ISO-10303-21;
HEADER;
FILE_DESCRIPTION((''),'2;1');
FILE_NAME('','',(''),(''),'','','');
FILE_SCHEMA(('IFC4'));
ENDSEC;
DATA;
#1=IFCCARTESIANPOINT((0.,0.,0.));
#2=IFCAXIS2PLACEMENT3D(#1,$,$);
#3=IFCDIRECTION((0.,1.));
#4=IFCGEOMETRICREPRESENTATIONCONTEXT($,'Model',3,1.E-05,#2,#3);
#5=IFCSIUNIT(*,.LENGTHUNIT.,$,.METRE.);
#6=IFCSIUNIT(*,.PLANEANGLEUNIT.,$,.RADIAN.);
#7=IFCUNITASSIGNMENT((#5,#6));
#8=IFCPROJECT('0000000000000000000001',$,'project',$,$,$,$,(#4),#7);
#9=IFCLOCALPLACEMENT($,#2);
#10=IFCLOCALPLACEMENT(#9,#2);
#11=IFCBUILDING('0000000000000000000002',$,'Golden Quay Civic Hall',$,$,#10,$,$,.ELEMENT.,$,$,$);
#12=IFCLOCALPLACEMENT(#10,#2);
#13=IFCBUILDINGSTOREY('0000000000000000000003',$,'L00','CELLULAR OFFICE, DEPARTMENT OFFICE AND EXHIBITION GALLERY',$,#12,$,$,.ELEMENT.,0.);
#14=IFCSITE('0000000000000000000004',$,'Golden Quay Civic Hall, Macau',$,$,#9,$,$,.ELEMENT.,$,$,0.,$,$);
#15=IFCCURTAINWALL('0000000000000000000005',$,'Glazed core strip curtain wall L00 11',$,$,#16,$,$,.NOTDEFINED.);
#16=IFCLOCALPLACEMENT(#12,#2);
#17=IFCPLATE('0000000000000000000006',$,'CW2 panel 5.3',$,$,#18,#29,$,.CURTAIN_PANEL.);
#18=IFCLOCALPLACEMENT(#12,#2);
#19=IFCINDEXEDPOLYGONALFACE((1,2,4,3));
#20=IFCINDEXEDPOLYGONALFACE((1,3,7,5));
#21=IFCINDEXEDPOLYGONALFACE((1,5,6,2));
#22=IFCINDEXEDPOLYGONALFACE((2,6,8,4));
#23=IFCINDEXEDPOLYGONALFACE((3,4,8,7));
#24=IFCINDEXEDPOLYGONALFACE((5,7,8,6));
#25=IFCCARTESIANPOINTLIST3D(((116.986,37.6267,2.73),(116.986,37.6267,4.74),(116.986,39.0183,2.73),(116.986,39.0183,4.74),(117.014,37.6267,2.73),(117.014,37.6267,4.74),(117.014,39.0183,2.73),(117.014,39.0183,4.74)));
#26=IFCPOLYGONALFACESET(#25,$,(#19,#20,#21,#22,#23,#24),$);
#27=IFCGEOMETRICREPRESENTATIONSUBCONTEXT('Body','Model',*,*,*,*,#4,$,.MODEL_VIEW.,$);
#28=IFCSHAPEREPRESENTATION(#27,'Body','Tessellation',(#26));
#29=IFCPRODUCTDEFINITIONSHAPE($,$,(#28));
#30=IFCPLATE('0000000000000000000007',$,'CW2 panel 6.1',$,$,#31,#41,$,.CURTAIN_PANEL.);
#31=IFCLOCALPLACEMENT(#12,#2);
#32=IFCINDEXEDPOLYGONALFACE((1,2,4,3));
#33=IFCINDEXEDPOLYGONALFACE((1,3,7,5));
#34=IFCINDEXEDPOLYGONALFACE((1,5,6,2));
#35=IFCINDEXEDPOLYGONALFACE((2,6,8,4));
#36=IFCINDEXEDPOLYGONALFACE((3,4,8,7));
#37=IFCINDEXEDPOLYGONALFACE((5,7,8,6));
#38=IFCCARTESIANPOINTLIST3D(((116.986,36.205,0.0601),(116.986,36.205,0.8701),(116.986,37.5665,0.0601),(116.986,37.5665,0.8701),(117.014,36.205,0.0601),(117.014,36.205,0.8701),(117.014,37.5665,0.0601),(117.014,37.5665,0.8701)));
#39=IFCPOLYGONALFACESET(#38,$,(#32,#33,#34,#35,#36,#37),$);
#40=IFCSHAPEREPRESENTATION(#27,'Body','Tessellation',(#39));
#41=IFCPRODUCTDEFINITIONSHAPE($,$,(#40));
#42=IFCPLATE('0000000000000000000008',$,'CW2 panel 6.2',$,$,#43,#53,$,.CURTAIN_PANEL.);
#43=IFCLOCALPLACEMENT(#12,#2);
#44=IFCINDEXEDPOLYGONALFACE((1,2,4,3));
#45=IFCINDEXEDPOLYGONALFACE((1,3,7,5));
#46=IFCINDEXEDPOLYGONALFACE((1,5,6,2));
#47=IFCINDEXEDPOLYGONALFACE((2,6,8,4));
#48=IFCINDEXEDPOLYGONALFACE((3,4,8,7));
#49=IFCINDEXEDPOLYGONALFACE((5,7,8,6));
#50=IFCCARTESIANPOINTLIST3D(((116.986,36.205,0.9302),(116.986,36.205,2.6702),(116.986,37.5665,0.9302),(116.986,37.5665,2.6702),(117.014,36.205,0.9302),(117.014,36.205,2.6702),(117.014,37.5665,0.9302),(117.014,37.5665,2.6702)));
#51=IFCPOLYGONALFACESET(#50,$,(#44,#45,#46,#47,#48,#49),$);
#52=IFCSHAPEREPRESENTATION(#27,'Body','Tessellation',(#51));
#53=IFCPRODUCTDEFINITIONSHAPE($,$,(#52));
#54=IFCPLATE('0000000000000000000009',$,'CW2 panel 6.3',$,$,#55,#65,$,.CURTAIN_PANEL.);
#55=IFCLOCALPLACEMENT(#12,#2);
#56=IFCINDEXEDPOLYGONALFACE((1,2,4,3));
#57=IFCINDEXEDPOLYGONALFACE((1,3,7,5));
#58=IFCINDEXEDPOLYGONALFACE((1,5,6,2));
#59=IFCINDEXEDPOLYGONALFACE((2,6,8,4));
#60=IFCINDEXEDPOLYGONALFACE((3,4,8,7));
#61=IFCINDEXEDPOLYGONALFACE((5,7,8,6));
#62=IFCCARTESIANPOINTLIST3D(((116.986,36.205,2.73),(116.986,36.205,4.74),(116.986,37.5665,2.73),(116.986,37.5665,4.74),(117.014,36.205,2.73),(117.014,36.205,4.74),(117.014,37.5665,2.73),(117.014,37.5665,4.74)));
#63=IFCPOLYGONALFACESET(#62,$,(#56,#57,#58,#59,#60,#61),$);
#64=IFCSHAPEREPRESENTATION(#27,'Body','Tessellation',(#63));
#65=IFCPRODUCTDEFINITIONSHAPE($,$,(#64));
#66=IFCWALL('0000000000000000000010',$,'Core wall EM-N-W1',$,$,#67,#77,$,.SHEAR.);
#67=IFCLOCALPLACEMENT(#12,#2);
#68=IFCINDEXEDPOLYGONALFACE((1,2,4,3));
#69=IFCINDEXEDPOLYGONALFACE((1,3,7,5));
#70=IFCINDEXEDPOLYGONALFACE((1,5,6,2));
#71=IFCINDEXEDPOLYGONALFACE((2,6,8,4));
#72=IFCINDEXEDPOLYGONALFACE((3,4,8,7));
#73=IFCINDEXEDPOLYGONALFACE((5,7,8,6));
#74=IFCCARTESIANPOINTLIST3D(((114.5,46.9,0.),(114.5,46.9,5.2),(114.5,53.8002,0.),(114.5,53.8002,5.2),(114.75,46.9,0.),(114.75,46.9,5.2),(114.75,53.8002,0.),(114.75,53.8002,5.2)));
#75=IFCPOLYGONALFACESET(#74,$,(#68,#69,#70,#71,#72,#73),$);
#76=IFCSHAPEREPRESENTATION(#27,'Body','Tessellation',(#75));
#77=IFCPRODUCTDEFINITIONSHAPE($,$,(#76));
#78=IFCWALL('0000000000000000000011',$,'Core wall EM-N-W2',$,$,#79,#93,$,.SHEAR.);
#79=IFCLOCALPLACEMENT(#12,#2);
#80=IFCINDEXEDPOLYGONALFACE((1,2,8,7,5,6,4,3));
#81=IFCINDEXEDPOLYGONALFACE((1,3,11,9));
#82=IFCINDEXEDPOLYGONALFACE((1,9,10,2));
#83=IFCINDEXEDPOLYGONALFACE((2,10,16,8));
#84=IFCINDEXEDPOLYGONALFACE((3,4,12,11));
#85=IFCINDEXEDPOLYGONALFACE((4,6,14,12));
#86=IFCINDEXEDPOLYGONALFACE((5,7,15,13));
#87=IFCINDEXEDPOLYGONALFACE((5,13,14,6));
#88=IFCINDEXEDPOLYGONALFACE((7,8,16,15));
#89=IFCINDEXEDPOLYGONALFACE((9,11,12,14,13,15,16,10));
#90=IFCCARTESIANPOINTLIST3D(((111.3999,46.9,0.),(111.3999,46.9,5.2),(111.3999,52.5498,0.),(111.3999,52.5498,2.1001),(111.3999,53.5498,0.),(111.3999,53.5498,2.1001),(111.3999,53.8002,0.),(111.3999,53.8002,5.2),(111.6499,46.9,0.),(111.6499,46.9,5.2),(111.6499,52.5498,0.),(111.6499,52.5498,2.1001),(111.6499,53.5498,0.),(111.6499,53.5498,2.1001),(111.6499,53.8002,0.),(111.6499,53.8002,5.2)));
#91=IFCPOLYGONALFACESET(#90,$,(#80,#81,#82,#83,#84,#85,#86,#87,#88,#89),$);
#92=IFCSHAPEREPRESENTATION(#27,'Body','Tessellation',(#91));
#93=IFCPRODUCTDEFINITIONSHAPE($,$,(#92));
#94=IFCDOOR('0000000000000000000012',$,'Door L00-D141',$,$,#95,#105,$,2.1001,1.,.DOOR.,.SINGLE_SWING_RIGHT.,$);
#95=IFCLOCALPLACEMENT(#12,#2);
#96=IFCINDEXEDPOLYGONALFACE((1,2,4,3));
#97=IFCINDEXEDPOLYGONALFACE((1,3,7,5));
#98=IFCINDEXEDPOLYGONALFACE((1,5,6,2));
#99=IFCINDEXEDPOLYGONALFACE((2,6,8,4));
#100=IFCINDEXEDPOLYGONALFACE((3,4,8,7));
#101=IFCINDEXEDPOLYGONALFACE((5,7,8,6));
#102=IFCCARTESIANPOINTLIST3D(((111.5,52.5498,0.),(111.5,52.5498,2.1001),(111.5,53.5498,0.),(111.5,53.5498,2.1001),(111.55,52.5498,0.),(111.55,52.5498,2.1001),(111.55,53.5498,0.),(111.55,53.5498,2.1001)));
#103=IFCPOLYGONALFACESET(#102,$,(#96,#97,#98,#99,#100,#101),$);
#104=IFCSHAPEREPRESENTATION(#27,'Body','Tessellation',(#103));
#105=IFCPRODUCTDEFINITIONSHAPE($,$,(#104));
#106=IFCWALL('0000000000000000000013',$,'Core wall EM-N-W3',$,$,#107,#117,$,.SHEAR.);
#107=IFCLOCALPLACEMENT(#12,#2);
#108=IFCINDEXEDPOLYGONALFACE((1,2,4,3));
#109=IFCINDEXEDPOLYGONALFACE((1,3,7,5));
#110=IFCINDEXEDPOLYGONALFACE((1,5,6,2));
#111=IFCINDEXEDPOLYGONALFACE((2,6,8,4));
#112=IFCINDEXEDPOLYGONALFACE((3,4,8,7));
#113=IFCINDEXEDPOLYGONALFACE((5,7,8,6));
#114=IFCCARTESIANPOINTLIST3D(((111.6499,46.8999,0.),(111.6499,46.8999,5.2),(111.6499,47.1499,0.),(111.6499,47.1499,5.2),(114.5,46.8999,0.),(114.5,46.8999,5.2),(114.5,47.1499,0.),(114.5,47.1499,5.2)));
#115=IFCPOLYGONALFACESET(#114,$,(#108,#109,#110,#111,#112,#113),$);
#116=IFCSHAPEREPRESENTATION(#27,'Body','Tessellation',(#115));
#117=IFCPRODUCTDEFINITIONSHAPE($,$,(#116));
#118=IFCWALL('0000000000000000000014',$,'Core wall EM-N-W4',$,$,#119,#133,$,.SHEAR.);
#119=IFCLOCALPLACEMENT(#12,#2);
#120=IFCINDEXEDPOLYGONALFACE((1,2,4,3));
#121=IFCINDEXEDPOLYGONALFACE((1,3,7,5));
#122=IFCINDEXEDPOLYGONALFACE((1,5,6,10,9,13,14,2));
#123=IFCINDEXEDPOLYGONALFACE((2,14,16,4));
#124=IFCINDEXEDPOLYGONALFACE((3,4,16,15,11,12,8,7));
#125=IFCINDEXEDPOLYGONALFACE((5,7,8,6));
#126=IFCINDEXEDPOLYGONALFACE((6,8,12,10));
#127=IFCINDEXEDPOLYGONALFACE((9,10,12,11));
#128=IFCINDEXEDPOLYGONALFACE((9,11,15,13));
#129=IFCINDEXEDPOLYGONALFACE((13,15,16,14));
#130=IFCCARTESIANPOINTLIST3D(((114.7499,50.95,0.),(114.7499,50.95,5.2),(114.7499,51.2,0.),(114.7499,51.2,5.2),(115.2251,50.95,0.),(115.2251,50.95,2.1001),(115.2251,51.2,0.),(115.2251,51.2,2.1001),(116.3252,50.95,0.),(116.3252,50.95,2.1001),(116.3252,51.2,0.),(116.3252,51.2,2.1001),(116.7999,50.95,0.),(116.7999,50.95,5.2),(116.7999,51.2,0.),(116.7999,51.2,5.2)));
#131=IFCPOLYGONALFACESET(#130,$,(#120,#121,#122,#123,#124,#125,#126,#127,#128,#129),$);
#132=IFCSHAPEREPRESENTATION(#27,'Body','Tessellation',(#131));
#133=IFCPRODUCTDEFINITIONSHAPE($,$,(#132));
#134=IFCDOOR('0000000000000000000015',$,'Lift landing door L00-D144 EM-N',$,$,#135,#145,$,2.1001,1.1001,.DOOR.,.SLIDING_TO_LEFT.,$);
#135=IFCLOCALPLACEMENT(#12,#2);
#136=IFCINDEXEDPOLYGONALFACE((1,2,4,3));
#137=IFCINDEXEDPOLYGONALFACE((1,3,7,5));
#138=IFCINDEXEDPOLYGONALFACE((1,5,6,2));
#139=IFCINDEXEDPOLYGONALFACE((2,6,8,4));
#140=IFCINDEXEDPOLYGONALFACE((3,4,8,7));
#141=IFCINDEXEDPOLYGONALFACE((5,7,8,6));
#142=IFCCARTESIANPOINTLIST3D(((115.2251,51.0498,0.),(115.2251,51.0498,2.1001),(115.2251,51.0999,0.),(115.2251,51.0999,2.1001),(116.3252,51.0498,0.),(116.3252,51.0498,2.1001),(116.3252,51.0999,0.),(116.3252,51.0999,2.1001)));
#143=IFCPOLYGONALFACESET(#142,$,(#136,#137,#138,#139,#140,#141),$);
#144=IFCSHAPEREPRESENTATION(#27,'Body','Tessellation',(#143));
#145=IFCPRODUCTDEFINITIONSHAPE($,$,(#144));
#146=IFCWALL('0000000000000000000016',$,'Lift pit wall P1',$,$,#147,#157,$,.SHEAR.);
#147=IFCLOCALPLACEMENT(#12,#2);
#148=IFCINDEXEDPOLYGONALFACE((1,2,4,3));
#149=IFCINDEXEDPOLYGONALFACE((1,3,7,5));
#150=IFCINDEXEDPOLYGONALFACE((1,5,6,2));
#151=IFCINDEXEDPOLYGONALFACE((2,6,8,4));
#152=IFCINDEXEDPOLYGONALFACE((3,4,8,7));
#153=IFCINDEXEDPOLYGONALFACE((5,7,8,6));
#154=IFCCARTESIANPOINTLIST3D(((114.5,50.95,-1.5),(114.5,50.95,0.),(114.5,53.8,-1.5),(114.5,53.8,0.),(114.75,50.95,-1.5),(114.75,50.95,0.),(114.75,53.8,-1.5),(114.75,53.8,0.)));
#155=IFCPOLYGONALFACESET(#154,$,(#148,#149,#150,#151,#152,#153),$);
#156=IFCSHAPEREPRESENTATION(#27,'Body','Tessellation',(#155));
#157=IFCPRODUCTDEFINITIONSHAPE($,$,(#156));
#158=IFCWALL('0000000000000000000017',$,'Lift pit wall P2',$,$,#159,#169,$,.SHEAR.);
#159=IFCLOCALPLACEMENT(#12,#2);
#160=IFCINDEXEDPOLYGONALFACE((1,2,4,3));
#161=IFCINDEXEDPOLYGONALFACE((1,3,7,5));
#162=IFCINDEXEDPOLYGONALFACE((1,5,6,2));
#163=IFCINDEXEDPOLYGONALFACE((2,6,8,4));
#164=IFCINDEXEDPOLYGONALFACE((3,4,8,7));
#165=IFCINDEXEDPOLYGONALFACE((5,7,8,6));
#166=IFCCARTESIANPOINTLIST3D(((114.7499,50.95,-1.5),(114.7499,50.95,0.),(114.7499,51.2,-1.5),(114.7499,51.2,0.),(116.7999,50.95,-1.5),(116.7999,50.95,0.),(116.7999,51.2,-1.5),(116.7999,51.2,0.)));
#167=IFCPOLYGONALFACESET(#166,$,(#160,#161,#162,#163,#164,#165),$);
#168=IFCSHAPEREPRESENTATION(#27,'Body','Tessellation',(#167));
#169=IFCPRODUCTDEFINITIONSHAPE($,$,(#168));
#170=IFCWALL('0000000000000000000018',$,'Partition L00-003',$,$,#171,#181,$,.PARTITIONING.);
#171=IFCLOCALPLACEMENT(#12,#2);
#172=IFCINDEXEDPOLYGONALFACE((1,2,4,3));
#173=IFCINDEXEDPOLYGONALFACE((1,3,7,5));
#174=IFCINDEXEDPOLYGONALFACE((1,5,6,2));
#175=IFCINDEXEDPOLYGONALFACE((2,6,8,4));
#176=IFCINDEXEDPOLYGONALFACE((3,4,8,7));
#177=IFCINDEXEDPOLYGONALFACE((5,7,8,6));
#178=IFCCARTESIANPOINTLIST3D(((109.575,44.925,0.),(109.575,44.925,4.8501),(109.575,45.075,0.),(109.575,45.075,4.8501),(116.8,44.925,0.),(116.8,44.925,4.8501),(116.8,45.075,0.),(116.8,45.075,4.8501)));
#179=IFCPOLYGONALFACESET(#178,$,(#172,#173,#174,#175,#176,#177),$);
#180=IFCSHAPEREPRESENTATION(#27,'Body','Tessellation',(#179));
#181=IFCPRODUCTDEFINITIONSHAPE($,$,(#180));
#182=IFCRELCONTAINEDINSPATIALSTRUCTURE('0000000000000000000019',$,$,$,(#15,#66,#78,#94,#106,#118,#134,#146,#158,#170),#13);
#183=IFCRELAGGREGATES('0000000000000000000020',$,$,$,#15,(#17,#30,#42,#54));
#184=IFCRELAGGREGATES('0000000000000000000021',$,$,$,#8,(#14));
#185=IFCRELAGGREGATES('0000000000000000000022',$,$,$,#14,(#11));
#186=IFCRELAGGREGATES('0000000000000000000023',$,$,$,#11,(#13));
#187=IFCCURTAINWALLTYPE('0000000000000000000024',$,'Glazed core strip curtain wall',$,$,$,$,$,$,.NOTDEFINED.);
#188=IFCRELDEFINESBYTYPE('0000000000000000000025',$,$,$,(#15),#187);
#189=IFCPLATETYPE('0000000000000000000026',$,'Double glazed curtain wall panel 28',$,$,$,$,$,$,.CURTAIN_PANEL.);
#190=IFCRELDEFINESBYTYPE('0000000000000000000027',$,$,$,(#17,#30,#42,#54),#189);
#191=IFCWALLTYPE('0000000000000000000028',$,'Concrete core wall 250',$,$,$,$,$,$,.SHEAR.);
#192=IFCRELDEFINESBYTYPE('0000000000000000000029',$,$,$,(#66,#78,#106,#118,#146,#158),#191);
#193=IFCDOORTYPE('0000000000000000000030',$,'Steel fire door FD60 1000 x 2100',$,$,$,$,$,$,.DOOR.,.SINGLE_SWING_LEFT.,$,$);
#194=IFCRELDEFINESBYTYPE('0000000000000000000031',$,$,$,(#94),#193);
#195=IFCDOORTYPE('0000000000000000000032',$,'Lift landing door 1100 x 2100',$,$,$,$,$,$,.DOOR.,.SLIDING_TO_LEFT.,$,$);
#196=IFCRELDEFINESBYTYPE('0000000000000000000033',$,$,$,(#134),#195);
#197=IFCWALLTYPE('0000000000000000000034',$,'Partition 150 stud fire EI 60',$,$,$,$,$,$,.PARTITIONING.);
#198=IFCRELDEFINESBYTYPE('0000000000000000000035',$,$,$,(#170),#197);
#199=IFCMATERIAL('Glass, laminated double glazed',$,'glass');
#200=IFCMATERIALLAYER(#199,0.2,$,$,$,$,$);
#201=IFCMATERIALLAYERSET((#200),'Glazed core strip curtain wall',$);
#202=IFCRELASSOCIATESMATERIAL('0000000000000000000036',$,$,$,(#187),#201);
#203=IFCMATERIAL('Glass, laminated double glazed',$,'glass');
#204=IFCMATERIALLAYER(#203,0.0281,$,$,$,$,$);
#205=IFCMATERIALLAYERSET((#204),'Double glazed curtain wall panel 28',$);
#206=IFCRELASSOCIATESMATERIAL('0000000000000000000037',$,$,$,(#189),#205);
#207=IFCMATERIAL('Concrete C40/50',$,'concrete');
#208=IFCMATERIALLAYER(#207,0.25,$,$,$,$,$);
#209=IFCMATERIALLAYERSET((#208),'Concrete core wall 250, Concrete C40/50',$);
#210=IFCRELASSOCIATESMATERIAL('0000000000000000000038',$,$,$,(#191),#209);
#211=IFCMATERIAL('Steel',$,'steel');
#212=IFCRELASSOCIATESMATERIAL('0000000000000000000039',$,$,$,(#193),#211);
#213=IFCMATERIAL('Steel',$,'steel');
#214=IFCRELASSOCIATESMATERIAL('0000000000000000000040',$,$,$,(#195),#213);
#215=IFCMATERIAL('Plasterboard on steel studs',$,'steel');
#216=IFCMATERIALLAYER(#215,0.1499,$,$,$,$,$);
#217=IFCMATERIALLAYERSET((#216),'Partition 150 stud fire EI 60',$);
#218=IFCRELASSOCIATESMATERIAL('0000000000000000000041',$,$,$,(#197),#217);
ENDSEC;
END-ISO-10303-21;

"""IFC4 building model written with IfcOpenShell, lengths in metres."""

from ifc_helpers import new_model, si_unit, direction, frame, frame_2d, origin, origin_2d, place, context, subcontext, project, spatial, rectangle, extrude, material, layer, layer_set, type_object, element, fill, aggregate, save


model = new_model("IFC4")

# Units and contexts
model_context = context("Model", 3, precision=1e-05, world=origin(), true_north=direction((0.0, 1.0)))
body_context = subcontext(model_context, "Body", "Model", "MODEL_VIEW")
ifc_project = project(units=[si_unit("LENGTHUNIT", "METRE"), si_unit("PLANEANGLEUNIT", "RADIAN")], contexts=[model_context])

# Site, building, storey
site_placement = place(None, origin())
site = spatial("IfcSite", under=ifc_project, at=site_placement, Name="Golden Quay Civic Hall, Macau", CompositionType="ELEMENT", RefElevation=0.0)
building_placement = place(site_placement, origin())
building = spatial("IfcBuilding", under=site, at=building_placement, Name="Golden Quay Civic Hall", CompositionType="ELEMENT")
storey_placement = place(building_placement, origin())
storey = spatial("IfcBuildingStorey", under=building, at=storey_placement, Name="L00", Description="CELLULAR OFFICE, DEPARTMENT OFFICE AND EXHIBITION GALLERY", CompositionType="ELEMENT", Elevation=0.0)

# Curtain wall, plates
ifc_material_1 = material(Name="Glass, laminated double glazed", Category="glass")
ifc_layer_1 = layer(ifc_material_1, 0.2)
ifc_layer_set_1 = layer_set([ifc_layer_1], Name="Glazed core strip curtain wall")
curtain_wall_type = type_object("IfcCurtainWallType", Name="Glazed core strip curtain wall", PredefinedType="NOTDEFINED", material=ifc_layer_set_1)
curtain_wall_placement = place(storey_placement, origin())
curtain_wall = element("IfcCurtainWall", 1, at=curtain_wall_placement, inside=storey, type_object=curtain_wall_type, Name="Glazed core strip curtain wall L00 11", PredefinedType="NOTDEFINED")
ifc_material_2 = material(Name="Glass, laminated double glazed", Category="glass")
ifc_layer_2 = layer(ifc_material_2, 0.0281)
ifc_layer_set_2 = layer_set([ifc_layer_2], Name="Double glazed curtain wall panel 28")
plate_type = type_object("IfcPlateType", Name="Double glazed curtain wall panel 28", PredefinedType="CURTAIN_PANEL", material=ifc_layer_set_2)
plate_1_placement = place(storey_placement, frame((117.0, 38.3225, 2.73), z_axis=(0.0, 0.0, 1.0), x_axis=(0.0, -1.0, 0.0)))
plate_1 = element("IfcPlate", 2, at=plate_1_placement, type_object=plate_type, Name="CW2 panel 5.3", PredefinedType="CURTAIN_PANEL", context=body_context, shape_type="SweptSolid", body=[
    extrude(rectangle(XDim=1.3916, YDim=0.0281, at=origin_2d()), origin(), (0.0, 0.0, 1.0), 2.01),
])
plate_2_placement = place(storey_placement, frame((117.0, 36.8857, 0.0601), z_axis=(0.0, 0.0, 1.0), x_axis=(0.0, -1.0, 0.0)))
plate_2 = element("IfcPlate", 3, at=plate_2_placement, type_object=plate_type, Name="CW2 panel 6.1", PredefinedType="CURTAIN_PANEL", context=body_context, shape_type="SweptSolid", body=[
    extrude(rectangle(XDim=1.3616, YDim=0.0281, at=origin_2d()), origin(), (0.0, 0.0, 1.0), 0.8101),
])
plate_3_placement = place(storey_placement, frame((117.0, 36.8857, 0.9302), z_axis=(0.0, 0.0, 1.0), x_axis=(0.0, -1.0, 0.0)))
plate_3 = element("IfcPlate", 4, at=plate_3_placement, type_object=plate_type, Name="CW2 panel 6.2", PredefinedType="CURTAIN_PANEL", context=body_context, shape_type="SweptSolid", body=[
    extrude(rectangle(XDim=1.3616, YDim=0.0281, at=origin_2d()), origin(), (0.0, 0.0, 1.0), 1.74),
])
plate_4_placement = place(storey_placement, frame((117.0, 36.8857, 2.73), z_axis=(0.0, 0.0, 1.0), x_axis=(0.0, -1.0, 0.0)))
plate_4 = element("IfcPlate", 5, at=plate_4_placement, type_object=plate_type, Name="CW2 panel 6.3", PredefinedType="CURTAIN_PANEL", context=body_context, shape_type="SweptSolid", body=[
    extrude(rectangle(XDim=1.3616, YDim=0.0281, at=origin_2d()), origin(), (0.0, 0.0, 1.0), 2.01),
])
aggregate(curtain_wall, [plate_1, plate_2, plate_3, plate_4])

# Wall
ifc_material_3 = material(Name="Concrete C40/50", Category="concrete")
ifc_layer_3 = layer(ifc_material_3, 0.25)
ifc_layer_set_3 = layer_set([ifc_layer_3], Name="Concrete core wall 250, Concrete C40/50")
wall_type_1 = type_object("IfcWallType", Name="Concrete core wall 250", PredefinedType="SHEAR", material=ifc_layer_set_3)
wall_1_placement = place(storey_placement, frame((114.625, 46.8999, 0.0), z_axis=(0.0, 0.0, 1.0), x_axis=(0.0, 1.0, 0.0)))
element("IfcWall", 6, at=wall_1_placement, inside=storey, type_object=wall_type_1, Name="Core wall EM-N-W1", PredefinedType="SHEAR", context=body_context, shape_type="SweptSolid", body=[
    extrude(rectangle(XDim=6.9001, YDim=0.25, at=frame_2d((3.4502, 0.0))), origin(), (0.0, 0.0, 1.0), 5.2),
])

# Wall, opening, door
wall_2_placement = place(storey_placement, frame((111.5249, 46.8999, 0.0), z_axis=(0.0, 0.0, 1.0), x_axis=(0.0, 1.0, 0.0)))
wall_2 = element("IfcWall", 7, at=wall_2_placement, inside=storey, type_object=wall_type_1, Name="Core wall EM-N-W2", PredefinedType="SHEAR", context=body_context, shape_type="SweptSolid", body=[
    extrude(rectangle(XDim=6.9001, YDim=0.25, at=frame_2d((3.4502, 0.0))), origin(), (0.0, 0.0, 1.0), 5.2),
])
opening_1_placement = place(wall_2_placement, frame((5.6499, 0.0, 0.0)))
opening_1 = element("IfcOpeningElement", 8, at=opening_1_placement, cuts=wall_2, PredefinedType="OPENING", context=body_context, shape_type="SweptSolid", body=[
    extrude(rectangle(XDim=1.0, YDim=2.1001, at=frame_2d((0.5, 1.05))), frame((0.0, 0.135, 0.0), z_axis=(0.0, -1.0, 0.0), x_axis=(1.0, 0.0, 0.0)), (0.0, 0.0, 1.0), 0.27),
])
ifc_material_4 = material(Name="Steel", Category="steel")
door_type_1 = type_object("IfcDoorType", Name="Steel fire door FD60 1000 x 2100", OperationType="SINGLE_SWING_LEFT", PredefinedType="DOOR", material=ifc_material_4)
door_1_placement = place(opening_1_placement, frame((1.0, 0.0, 0.0), z_axis=(0.0, 0.0, 1.0), x_axis=(-1.0, 0.0, 0.0)))
door_1 = element("IfcDoor", 9, at=door_1_placement, inside=storey, type_object=door_type_1, Name="Door L00-D141", OperationType="SINGLE_SWING_RIGHT", OverallHeight=2.1001, OverallWidth=1.0, PredefinedType="DOOR", context=body_context, shape_type="SweptSolid", body=[
    extrude(rectangle(XDim=1.0, YDim=2.1001, at=frame_2d((0.5, 1.05))), frame((0.0, 0.0251, 0.0), z_axis=(0.0, -1.0, 0.0), x_axis=(1.0, 0.0, 0.0)), (0.0, 0.0, 1.0), 0.05),
])
fill(opening_1, door_1)

# Wall
wall_3_placement = place(storey_placement, frame((111.6499, 47.0249, 0.0), z_axis=(0.0, 0.0, 1.0), x_axis=(1.0, 0.0, 0.0)))
element("IfcWall", 10, at=wall_3_placement, inside=storey, type_object=wall_type_1, Name="Core wall EM-N-W3", PredefinedType="SHEAR", context=body_context, shape_type="SweptSolid", body=[
    extrude(rectangle(XDim=2.8501, YDim=0.25, at=frame_2d((1.425, 0.0))), origin(), (0.0, 0.0, 1.0), 5.2),
])

# Wall, opening, door
wall_4_placement = place(storey_placement, frame((114.75, 51.075, 0.0), z_axis=(0.0, 0.0, 1.0), x_axis=(1.0, 0.0, 0.0)))
wall_4 = element("IfcWall", 11, at=wall_4_placement, inside=storey, type_object=wall_type_1, Name="Core wall EM-N-W4", PredefinedType="SHEAR", context=body_context, shape_type="SweptSolid", body=[
    extrude(rectangle(XDim=2.05, YDim=0.25, at=frame_2d((1.0249, 0.0))), origin(), (0.0, 0.0, 1.0), 5.2),
])
opening_2_placement = place(wall_4_placement, frame((0.4751, 0.0, 0.0)))
opening_2 = element("IfcOpeningElement", 12, at=opening_2_placement, cuts=wall_4, PredefinedType="OPENING", context=body_context, shape_type="SweptSolid", body=[
    extrude(rectangle(XDim=1.1001, YDim=2.1001, at=frame_2d((0.55, 1.05))), frame((0.0, 0.135, 0.0), z_axis=(0.0, -1.0, 0.0), x_axis=(1.0, 0.0, 0.0)), (0.0, 0.0, 1.0), 0.27),
])
ifc_material_5 = material(Name="Steel", Category="steel")
door_type_2 = type_object("IfcDoorType", Name="Lift landing door 1100 x 2100", OperationType="SLIDING_TO_LEFT", PredefinedType="DOOR", material=ifc_material_5)
door_2_placement = place(opening_2_placement, origin())
door_2 = element("IfcDoor", 13, at=door_2_placement, inside=storey, type_object=door_type_2, Name="Lift landing door L00-D144 EM-N", OperationType="SLIDING_TO_LEFT", OverallHeight=2.1001, OverallWidth=1.1001, PredefinedType="DOOR", context=body_context, shape_type="SweptSolid", body=[
    extrude(rectangle(XDim=1.1001, YDim=2.1001, at=frame_2d((0.55, 1.05))), frame((0.0, 0.0249, 0.0), z_axis=(0.0, -1.0, 0.0), x_axis=(1.0, 0.0, 0.0)), (0.0, 0.0, 1.0), 0.05),
])
fill(opening_2, door_2)

# Walls
wall_5_placement = place(storey_placement, frame((114.625, 50.95, -1.5), z_axis=(0.0, 0.0, 1.0), x_axis=(0.0, 1.0, 0.0)))
element("IfcWall", 14, at=wall_5_placement, inside=storey, type_object=wall_type_1, Name="Lift pit wall P1", PredefinedType="SHEAR", context=body_context, shape_type="SweptSolid", body=[
    extrude(rectangle(XDim=2.8501, YDim=0.25, at=frame_2d((1.425, 0.0))), origin(), (0.0, 0.0, 1.0), 1.5),
])
wall_6_placement = place(storey_placement, frame((114.75, 51.075, -1.5), z_axis=(0.0, 0.0, 1.0), x_axis=(1.0, 0.0, 0.0)))
element("IfcWall", 15, at=wall_6_placement, inside=storey, type_object=wall_type_1, Name="Lift pit wall P2", PredefinedType="SHEAR", context=body_context, shape_type="SweptSolid", body=[
    extrude(rectangle(XDim=2.05, YDim=0.25, at=frame_2d((1.0249, 0.0))), origin(), (0.0, 0.0, 1.0), 1.5),
])
ifc_material_6 = material(Name="Plasterboard on steel studs", Category="steel")
ifc_layer_4 = layer(ifc_material_6, 0.1499)
ifc_layer_set_4 = layer_set([ifc_layer_4], Name="Partition 150 stud fire EI 60")
wall_type_2 = type_object("IfcWallType", Name="Partition 150 stud fire EI 60", PredefinedType="PARTITIONING", material=ifc_layer_set_4)
wall_7_placement = place(storey_placement, frame((109.575, 45.0, 0.0), z_axis=(0.0, 0.0, 1.0), x_axis=(1.0, 0.0, 0.0)))
element("IfcWall", 16, at=wall_7_placement, inside=storey, type_object=wall_type_2, Name="Partition L00-003", PredefinedType="PARTITIONING", context=body_context, shape_type="SweptSolid", body=[
    extrude(rectangle(XDim=7.2251, YDim=0.1499, at=frame_2d((3.6125, 0.0))), origin(), (0.0, 0.0, 1.0), 4.8501),
])

save(model, "model.ifc")
